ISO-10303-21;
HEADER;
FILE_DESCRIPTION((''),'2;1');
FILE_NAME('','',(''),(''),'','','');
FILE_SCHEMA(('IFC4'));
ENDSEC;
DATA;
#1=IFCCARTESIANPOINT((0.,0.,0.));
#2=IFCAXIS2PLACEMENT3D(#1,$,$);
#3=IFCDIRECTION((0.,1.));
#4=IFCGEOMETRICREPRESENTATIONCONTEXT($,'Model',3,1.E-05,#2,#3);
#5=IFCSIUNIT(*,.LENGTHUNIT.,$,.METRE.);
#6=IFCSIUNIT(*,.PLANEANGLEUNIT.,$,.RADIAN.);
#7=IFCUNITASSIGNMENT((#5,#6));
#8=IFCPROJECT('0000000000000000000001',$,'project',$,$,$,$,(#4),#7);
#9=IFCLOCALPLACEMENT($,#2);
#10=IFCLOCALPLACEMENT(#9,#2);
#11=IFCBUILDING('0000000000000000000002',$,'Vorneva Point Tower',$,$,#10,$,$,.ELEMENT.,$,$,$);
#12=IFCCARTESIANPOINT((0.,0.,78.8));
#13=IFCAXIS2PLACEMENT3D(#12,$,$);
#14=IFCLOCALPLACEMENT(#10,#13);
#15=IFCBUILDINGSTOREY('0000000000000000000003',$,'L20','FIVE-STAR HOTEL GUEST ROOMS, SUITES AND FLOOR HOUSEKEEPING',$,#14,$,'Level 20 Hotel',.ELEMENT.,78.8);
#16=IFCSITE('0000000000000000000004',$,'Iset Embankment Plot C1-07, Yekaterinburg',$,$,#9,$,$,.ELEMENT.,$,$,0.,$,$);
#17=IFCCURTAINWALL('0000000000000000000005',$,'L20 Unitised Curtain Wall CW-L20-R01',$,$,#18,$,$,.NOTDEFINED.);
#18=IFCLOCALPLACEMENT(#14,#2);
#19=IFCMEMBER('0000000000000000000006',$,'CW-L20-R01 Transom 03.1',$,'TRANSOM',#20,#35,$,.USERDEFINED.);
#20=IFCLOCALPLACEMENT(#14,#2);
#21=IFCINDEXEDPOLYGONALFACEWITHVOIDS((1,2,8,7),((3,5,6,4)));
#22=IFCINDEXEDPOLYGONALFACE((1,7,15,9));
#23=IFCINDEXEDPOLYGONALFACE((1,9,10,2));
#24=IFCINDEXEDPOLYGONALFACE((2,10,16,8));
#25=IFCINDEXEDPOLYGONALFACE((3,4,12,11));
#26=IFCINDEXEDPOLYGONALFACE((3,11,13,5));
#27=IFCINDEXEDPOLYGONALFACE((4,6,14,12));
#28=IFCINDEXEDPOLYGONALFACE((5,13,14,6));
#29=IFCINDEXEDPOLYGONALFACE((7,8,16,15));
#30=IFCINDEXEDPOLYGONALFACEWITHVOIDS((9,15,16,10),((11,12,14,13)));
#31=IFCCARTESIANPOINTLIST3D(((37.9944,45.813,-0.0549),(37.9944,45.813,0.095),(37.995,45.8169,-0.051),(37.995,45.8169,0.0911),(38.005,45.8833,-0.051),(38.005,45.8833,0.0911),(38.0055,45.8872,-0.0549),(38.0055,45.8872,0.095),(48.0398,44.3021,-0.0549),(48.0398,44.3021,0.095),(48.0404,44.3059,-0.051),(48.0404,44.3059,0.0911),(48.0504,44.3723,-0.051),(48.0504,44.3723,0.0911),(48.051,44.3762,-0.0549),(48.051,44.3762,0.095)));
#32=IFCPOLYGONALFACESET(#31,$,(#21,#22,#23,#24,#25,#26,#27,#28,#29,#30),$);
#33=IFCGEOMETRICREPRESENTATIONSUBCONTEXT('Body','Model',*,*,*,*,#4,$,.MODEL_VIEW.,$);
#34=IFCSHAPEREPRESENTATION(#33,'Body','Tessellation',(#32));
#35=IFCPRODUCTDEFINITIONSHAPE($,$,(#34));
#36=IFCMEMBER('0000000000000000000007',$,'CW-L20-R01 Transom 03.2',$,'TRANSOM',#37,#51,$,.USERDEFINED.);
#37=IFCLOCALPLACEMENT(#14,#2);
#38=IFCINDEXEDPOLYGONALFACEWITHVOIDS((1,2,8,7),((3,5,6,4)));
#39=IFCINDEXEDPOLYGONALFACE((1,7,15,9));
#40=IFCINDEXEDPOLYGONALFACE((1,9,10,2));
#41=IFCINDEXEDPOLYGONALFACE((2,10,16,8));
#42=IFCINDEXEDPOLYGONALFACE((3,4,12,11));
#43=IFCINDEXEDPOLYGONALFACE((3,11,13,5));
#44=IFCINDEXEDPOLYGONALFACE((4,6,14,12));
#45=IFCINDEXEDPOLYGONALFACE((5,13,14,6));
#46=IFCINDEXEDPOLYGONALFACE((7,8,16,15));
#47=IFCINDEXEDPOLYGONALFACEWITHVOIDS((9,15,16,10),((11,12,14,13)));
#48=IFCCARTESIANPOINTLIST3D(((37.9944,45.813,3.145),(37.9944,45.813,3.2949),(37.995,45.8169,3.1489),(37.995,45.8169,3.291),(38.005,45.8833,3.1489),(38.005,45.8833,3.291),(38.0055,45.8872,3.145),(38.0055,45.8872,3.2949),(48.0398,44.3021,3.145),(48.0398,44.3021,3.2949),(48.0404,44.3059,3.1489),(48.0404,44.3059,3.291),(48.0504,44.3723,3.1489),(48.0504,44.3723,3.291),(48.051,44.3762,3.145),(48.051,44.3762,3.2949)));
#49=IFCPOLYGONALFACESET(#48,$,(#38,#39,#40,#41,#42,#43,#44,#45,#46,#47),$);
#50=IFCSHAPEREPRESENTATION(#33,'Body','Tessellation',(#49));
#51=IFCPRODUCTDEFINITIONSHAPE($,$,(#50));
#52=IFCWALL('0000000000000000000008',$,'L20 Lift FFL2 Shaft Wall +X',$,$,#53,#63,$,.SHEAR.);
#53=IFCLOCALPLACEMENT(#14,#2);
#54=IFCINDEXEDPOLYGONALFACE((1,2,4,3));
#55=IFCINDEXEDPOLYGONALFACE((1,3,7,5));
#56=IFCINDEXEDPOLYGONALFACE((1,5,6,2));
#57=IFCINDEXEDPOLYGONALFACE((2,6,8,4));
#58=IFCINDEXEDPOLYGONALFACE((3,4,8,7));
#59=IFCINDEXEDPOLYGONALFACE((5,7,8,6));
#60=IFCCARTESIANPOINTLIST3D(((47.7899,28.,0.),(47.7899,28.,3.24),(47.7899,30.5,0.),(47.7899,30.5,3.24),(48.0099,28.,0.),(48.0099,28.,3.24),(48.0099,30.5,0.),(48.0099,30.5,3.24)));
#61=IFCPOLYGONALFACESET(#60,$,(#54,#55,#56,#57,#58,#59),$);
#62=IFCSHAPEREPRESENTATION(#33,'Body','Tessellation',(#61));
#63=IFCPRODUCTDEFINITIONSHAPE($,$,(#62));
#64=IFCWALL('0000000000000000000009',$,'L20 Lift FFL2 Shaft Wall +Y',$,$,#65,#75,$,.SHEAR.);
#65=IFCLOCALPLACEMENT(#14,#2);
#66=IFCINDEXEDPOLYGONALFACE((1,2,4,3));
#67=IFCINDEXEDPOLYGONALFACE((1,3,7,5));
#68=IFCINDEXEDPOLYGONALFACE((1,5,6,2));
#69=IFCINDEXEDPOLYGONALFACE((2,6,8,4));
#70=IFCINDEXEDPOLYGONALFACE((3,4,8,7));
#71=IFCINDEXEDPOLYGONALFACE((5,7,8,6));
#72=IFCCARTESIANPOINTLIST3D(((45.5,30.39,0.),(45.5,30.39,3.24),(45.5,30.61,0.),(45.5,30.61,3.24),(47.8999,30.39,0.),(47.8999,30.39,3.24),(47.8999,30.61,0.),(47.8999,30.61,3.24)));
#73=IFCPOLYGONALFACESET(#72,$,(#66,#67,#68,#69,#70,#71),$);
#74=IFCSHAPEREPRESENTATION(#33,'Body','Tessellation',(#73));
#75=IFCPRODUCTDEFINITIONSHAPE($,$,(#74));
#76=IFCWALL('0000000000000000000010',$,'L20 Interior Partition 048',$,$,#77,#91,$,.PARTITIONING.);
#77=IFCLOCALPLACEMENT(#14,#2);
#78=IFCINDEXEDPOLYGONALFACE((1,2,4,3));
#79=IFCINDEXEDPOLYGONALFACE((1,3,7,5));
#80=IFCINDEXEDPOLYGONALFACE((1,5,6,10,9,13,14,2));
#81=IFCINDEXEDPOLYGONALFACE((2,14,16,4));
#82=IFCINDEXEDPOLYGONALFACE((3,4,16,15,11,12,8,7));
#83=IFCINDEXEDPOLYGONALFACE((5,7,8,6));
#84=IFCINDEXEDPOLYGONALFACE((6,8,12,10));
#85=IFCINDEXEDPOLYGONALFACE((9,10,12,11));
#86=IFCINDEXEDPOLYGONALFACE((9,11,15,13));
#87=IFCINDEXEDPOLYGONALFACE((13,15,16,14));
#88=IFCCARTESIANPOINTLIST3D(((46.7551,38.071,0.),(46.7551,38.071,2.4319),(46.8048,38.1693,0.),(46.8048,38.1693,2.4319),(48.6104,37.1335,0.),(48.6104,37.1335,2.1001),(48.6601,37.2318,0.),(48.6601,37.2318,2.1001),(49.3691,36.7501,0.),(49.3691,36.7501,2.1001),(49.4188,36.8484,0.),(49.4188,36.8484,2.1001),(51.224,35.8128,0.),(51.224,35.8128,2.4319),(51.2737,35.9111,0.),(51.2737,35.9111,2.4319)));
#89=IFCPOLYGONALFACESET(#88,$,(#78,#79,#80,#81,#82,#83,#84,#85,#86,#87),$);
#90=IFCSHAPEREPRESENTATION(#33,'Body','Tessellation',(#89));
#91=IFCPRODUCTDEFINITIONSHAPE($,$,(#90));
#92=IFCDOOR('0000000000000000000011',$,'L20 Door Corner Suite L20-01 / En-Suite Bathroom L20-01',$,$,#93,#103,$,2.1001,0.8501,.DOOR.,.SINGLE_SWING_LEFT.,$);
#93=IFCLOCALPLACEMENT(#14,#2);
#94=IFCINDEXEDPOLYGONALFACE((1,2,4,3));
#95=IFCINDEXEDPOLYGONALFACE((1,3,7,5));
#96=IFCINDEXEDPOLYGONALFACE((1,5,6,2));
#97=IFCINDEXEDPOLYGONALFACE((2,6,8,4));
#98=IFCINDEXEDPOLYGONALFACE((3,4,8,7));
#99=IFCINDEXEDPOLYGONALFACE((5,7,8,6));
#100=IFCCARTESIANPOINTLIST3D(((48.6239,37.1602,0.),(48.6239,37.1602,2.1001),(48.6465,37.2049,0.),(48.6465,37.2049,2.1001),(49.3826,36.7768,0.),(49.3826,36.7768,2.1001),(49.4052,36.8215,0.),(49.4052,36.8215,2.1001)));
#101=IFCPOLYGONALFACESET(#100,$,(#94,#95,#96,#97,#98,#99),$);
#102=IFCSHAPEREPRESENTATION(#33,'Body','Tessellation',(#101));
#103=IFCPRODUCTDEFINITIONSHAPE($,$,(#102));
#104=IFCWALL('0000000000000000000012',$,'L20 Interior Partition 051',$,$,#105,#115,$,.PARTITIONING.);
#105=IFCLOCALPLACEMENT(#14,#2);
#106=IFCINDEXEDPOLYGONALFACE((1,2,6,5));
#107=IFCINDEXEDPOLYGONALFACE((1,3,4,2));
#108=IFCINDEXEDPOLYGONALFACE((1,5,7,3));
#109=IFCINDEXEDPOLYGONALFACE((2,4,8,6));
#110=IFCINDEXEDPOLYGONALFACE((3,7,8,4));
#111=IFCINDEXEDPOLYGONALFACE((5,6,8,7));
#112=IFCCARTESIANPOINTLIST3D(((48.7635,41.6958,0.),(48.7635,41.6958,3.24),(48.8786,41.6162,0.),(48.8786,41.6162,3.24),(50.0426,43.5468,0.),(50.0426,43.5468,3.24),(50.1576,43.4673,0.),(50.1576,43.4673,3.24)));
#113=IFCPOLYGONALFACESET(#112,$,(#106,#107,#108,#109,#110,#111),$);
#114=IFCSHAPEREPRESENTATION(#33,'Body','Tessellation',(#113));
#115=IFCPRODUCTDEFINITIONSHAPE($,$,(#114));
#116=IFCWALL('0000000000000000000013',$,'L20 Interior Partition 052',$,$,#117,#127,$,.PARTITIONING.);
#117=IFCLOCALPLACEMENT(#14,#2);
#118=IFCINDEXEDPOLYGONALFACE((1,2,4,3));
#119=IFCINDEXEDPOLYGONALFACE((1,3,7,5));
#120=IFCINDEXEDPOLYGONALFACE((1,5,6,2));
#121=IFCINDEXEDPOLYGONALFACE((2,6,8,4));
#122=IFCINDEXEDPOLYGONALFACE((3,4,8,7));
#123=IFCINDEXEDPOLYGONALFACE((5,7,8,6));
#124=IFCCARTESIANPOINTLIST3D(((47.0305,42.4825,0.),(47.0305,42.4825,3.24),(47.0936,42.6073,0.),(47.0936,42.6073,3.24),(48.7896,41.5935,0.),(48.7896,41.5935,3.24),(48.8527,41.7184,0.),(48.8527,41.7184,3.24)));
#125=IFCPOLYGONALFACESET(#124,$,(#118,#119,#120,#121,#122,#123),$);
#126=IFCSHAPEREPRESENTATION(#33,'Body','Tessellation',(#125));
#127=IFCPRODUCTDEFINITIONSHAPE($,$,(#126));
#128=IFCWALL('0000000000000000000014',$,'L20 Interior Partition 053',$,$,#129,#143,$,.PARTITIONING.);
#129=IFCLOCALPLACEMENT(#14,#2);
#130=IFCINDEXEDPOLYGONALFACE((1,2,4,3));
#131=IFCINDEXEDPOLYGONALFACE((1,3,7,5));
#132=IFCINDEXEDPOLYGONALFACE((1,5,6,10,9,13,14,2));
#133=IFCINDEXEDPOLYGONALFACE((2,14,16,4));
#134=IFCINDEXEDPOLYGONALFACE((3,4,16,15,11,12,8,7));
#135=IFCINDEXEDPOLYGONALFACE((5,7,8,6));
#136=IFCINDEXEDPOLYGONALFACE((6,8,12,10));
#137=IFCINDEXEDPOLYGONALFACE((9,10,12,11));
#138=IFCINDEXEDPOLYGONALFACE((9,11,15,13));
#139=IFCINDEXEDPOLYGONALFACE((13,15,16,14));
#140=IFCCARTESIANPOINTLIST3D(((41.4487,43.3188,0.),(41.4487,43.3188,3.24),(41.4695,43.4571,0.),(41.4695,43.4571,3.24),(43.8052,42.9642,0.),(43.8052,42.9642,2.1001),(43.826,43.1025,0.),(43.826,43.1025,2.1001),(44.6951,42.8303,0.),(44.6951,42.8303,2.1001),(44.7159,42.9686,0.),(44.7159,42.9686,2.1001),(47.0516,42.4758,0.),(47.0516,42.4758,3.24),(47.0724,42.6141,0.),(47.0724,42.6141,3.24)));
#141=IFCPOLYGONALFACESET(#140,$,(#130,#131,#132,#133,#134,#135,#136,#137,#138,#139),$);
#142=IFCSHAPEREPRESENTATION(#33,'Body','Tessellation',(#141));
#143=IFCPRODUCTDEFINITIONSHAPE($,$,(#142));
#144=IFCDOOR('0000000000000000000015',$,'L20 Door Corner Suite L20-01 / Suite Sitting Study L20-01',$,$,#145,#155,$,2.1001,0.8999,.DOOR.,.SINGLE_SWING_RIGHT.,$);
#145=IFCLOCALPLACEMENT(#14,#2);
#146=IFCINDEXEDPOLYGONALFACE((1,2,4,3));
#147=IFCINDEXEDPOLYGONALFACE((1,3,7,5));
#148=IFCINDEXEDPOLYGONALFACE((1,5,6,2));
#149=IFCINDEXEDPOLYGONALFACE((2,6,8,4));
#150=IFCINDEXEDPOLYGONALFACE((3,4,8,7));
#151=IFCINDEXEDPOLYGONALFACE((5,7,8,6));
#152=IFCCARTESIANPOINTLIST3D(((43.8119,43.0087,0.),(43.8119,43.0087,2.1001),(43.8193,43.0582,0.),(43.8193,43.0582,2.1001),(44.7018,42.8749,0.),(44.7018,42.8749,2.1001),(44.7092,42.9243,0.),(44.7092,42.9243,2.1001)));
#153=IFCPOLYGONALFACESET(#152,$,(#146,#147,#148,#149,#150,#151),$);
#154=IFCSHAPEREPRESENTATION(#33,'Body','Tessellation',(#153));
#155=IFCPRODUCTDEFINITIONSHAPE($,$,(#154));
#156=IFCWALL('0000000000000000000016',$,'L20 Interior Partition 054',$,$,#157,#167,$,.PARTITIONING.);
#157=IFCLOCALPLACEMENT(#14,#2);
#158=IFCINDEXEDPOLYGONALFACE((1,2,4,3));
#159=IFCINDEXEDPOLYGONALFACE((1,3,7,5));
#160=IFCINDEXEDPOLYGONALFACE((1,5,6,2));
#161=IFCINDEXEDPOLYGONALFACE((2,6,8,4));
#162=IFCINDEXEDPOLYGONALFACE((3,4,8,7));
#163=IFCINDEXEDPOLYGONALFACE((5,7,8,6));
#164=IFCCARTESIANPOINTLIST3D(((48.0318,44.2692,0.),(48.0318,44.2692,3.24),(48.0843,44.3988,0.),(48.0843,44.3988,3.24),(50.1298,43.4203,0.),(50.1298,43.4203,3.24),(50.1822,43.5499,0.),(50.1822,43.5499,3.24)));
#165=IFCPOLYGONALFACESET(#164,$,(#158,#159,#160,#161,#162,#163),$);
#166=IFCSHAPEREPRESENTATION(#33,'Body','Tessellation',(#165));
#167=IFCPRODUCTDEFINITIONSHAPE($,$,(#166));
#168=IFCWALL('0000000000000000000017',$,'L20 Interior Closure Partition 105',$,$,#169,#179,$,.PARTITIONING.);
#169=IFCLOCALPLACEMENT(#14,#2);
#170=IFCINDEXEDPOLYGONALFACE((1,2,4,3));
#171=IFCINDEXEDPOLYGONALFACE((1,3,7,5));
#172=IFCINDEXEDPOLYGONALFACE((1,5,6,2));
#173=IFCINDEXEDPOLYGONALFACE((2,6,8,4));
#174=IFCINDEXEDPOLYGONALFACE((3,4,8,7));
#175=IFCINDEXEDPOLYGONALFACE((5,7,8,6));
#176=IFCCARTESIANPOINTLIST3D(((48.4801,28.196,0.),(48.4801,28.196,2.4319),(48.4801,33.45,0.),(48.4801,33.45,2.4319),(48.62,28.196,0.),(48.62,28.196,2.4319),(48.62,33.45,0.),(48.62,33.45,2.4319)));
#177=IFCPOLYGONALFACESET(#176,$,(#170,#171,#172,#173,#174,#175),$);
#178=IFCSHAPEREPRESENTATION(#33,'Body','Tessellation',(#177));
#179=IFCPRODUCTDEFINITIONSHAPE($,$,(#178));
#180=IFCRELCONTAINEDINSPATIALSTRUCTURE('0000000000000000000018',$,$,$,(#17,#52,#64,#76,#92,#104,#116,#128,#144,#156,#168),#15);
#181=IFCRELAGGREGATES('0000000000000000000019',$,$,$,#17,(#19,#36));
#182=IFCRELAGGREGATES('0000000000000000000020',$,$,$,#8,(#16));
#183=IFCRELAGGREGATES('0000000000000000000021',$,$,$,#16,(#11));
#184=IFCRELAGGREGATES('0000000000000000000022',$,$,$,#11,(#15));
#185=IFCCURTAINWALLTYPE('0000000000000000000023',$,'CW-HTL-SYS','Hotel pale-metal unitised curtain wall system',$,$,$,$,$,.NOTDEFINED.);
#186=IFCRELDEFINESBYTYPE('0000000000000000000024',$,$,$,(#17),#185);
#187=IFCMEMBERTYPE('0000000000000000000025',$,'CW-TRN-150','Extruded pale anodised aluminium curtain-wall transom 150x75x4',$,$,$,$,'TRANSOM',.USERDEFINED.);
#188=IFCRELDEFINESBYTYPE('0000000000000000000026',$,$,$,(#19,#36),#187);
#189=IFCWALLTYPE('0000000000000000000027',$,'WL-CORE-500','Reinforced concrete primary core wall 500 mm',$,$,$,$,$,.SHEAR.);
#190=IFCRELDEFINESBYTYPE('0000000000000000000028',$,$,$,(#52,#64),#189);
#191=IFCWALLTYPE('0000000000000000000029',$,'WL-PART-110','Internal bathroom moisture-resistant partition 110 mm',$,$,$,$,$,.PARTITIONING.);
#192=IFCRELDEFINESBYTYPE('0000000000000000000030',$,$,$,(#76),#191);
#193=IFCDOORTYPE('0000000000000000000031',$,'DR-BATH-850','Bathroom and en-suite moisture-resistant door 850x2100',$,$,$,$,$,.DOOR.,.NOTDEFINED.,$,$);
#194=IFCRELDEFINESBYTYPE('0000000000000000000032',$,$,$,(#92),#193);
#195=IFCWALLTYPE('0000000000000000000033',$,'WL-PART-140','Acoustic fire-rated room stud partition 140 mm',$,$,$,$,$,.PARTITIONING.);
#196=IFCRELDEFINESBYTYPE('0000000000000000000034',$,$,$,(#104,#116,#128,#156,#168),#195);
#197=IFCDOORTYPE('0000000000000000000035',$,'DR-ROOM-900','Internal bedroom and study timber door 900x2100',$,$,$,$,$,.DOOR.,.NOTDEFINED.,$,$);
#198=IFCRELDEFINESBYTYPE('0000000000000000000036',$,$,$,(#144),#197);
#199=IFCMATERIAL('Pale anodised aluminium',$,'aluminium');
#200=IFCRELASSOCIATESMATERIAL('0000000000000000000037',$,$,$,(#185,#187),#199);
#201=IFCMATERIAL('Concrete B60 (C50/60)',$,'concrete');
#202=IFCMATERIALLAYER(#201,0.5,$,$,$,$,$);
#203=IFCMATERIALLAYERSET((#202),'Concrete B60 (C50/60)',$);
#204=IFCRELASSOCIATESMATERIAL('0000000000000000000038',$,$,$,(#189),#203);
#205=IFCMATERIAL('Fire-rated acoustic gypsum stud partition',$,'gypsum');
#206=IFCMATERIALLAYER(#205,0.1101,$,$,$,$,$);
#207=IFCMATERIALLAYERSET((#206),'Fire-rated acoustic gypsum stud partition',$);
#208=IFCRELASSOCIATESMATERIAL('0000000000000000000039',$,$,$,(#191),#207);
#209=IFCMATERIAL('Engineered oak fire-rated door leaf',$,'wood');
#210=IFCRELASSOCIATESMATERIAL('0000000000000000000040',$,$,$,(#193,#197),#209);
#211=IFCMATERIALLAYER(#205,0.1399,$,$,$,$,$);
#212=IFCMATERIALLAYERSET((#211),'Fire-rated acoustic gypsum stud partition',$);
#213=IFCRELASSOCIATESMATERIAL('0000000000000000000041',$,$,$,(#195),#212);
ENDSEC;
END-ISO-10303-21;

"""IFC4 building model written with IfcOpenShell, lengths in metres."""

from ifc_helpers import new_model, si_unit, direction, frame, frame_2d, origin, origin_2d, place, context, subcontext, project, spatial, rectangle, hollow_rectangle, extrude, material, layer, layer_set, material_profile, profile_set, type_object, element, fill, aggregate, save


model = new_model("IFC4")

# Units and contexts
model_context = context("Model", 3, precision=1e-05, world=origin(), true_north=direction((0.0, 1.0)))
body_context = subcontext(model_context, "Body", "Model", "MODEL_VIEW")
ifc_project = project(units=[si_unit("LENGTHUNIT", "METRE"), si_unit("PLANEANGLEUNIT", "RADIAN")], contexts=[model_context])

# Site, building, storey
site_placement = place(None, origin())
site = spatial("IfcSite", under=ifc_project, at=site_placement, Name="Iset Embankment Plot C1-07, Yekaterinburg", CompositionType="ELEMENT", RefElevation=0.0)
building_placement = place(site_placement, origin())
building = spatial("IfcBuilding", under=site, at=building_placement, Name="Vorneva Point Tower", CompositionType="ELEMENT")
storey_placement = place(building_placement, frame((0.0, 0.0, 78.8)))
storey = spatial("IfcBuildingStorey", under=building, at=storey_placement, Name="L20", Description="FIVE-STAR HOTEL GUEST ROOMS, SUITES AND FLOOR HOUSEKEEPING", LongName="Level 20 Hotel", CompositionType="ELEMENT", Elevation=78.8)

# Shared definitions
ifc_material_1 = material(Name="Concrete B60 (C50/60)", Category="concrete")

# Curtain wall, members
ifc_material_2 = material(Name="Pale anodised aluminium", Category="aluminium")
curtain_wall_type = type_object("IfcCurtainWallType", Name="CW-HTL-SYS", Description="Hotel pale-metal unitised curtain wall system", PredefinedType="NOTDEFINED", material=ifc_material_2)
curtain_wall_placement = place(storey_placement, origin())
curtain_wall = element("IfcCurtainWall", 1, at=curtain_wall_placement, inside=storey, type_object=curtain_wall_type, Name="L20 Unitised Curtain Wall CW-L20-R01", PredefinedType="NOTDEFINED")
ifc_material_profile_1 = material_profile(ifc_material_2, hollow_rectangle(XDim=0.075, YDim=0.1499, WallThickness=0.0039, at=origin_2d()), Name="AL-TRN 150x75x4")
ifc_profile_set_1 = profile_set([ifc_material_profile_1], Name="Pale anodised aluminium")
member_type_1 = type_object("IfcMemberType", Name="CW-TRN-150", Description="Extruded pale anodised aluminium curtain-wall transom 150x75x4", ElementType="TRANSOM", PredefinedType="USERDEFINED", material=ifc_profile_set_1)
member_1_placement = place(storey_placement, frame((48.0454, 44.3391, 0.02), z_axis=(-0.988876, 0.148742, 0.0), x_axis=(-0.148742, -0.988876, 0.0)))
member_1 = element("IfcMember", 2, at=member_1_placement, type_object=member_type_1, Name="CW-L20-R01 Transom 03.1", ObjectType="TRANSOM", PredefinedType="USERDEFINED", context=body_context, shape_type="SweptSolid", body=[
    extrude(hollow_rectangle(XDim=0.075, YDim=0.1499, WallThickness=0.0039, at=origin_2d()), origin(), (0.0, 0.0, 1.0), 10.1584),
])
member_2_placement = place(storey_placement, frame((48.0454, 44.3391, 3.22), z_axis=(-0.988876, 0.148742, 0.0), x_axis=(-0.148742, -0.988876, 0.0)))
member_2 = element("IfcMember", 3, at=member_2_placement, type_object=member_type_1, Name="CW-L20-R01 Transom 03.2", ObjectType="TRANSOM", PredefinedType="USERDEFINED", context=body_context, shape_type="SweptSolid", body=[
    extrude(hollow_rectangle(XDim=0.075, YDim=0.1499, WallThickness=0.0039, at=origin_2d()), origin(), (0.0, 0.0, 1.0), 10.1584),
])
aggregate(curtain_wall, [member_1, member_2])

# Walls
ifc_layer_1 = layer(ifc_material_1, 0.5)
ifc_layer_set_1 = layer_set([ifc_layer_1], Name="Concrete B60 (C50/60)")
wall_type_1 = type_object("IfcWallType", Name="WL-CORE-500", Description="Reinforced concrete primary core wall 500 mm", PredefinedType="SHEAR", material=ifc_layer_set_1)
wall_1_placement = place(storey_placement, frame((47.8999, 28.0, 0.0), z_axis=(0.0, 0.0, 1.0), x_axis=(0.0, 1.0, 0.0)))
element("IfcWall", 4, at=wall_1_placement, inside=storey, type_object=wall_type_1, Name="L20 Lift FFL2 Shaft Wall +X", PredefinedType="SHEAR", context=body_context, shape_type="SweptSolid", body=[
    extrude(rectangle(XDim=2.5, YDim=0.22, at=frame_2d((1.25, 0.0))), origin(), (0.0, 0.0, 1.0), 3.24),
])
wall_2_placement = place(storey_placement, frame((47.8999, 30.5, 0.0), z_axis=(0.0, 0.0, 1.0), x_axis=(-1.0, 0.0, 0.0)))
element("IfcWall", 5, at=wall_2_placement, inside=storey, type_object=wall_type_1, Name="L20 Lift FFL2 Shaft Wall +Y", PredefinedType="SHEAR", context=body_context, shape_type="SweptSolid", body=[
    extrude(rectangle(XDim=2.3999, YDim=0.22, at=frame_2d((1.2, 0.0))), origin(), (0.0, 0.0, 1.0), 3.24),
])

# Wall, opening, door
ifc_material_3 = material(Name="Fire-rated acoustic gypsum stud partition", Category="gypsum")
ifc_layer_2 = layer(ifc_material_3, 0.1101)
ifc_layer_set_2 = layer_set([ifc_layer_2], Name="Fire-rated acoustic gypsum stud partition")
wall_type_2 = type_object("IfcWallType", Name="WL-PART-110", Description="Internal bathroom moisture-resistant partition 110 mm", PredefinedType="PARTITIONING", material=ifc_layer_set_2)
wall_3_placement = place(storey_placement, frame((46.78, 38.1201, 0.0), z_axis=(0.0, 0.0, 1.0), x_axis=(0.892518, -0.451013, 0.0)))
wall_3 = element("IfcWall", 6, at=wall_3_placement, inside=storey, type_object=wall_type_2, Name="L20 Interior Partition 048", PredefinedType="PARTITIONING", context=body_context, shape_type="SweptSolid", body=[
    extrude(rectangle(XDim=5.0071, YDim=0.1101, at=frame_2d((2.5034, 0.0))), origin(), (0.0, 0.0, 1.0), 2.4319),
])
opening_1_placement = place(wall_3_placement, frame((2.0786, 0.0, 0.0)))
opening_1 = element("IfcOpeningElement", 7, at=opening_1_placement, cuts=wall_3, PredefinedType="OPENING", context=body_context, shape_type="SweptSolid", body=[
    extrude(rectangle(XDim=0.8501, YDim=2.1001, at=frame_2d((0.425, 1.05))), frame((0.0, 0.0698, 0.0), z_axis=(0.0, -1.0, 0.0), x_axis=(1.0, 0.0, 0.0)), (0.0, 0.0, 1.0), 0.1399),
])
ifc_material_4 = material(Name="Engineered oak fire-rated door leaf", Category="wood")
door_type_1 = type_object("IfcDoorType", Name="DR-BATH-850", Description="Bathroom and en-suite moisture-resistant door 850x2100", OperationType="NOTDEFINED", PredefinedType="DOOR", material=ifc_material_4)
door_1_placement = place(opening_1_placement, origin())
door_1 = element("IfcDoor", 8, at=door_1_placement, inside=storey, type_object=door_type_1, Name="L20 Door Corner Suite L20-01 / En-Suite Bathroom L20-01", OperationType="SINGLE_SWING_LEFT", OverallHeight=2.1001, OverallWidth=0.8501, PredefinedType="DOOR", context=body_context, shape_type="SweptSolid", body=[
    extrude(rectangle(XDim=0.8501, YDim=2.1001, at=frame_2d((0.425, 1.05))), frame((0.0, 0.0249, 0.0), z_axis=(0.0, -1.0, 0.0), x_axis=(1.0, 0.0, 0.0)), (0.0, 0.0, 1.0), 0.05),
])
fill(opening_1, door_1)

# Walls
ifc_layer_3 = layer(ifc_material_3, 0.1399)
ifc_layer_set_3 = layer_set([ifc_layer_3], Name="Fire-rated acoustic gypsum stud partition")
wall_type_3 = type_object("IfcWallType", Name="WL-PART-140", Description="Acoustic fire-rated room stud partition 140 mm", PredefinedType="PARTITIONING", material=ifc_layer_set_3)
wall_4_placement = place(storey_placement, frame((50.1001, 43.5071, 0.0), z_axis=(0.0, 0.0, 1.0), x_axis=(-0.568471, -0.822704, 0.0)))
element("IfcWall", 9, at=wall_4_placement, inside=storey, type_object=wall_type_3, Name="L20 Interior Partition 051", PredefinedType="PARTITIONING", context=body_context, shape_type="SweptSolid", body=[
    extrude(rectangle(XDim=2.25, YDim=0.1399, at=frame_2d((1.125, 0.0))), origin(), (0.0, 0.0, 1.0), 3.24),
])
wall_5_placement = place(storey_placement, frame((48.821, 41.656, 0.0), z_axis=(0.0, 0.0, 1.0), x_axis=(-0.892511, 0.451025, 0.0)))
element("IfcWall", 10, at=wall_5_placement, inside=storey, type_object=wall_type_3, Name="L20 Interior Partition 052", PredefinedType="PARTITIONING", context=body_context, shape_type="SweptSolid", body=[
    extrude(rectangle(XDim=1.9709, YDim=0.1399, at=frame_2d((0.9854, 0.0))), origin(), (0.0, 0.0, 1.0), 3.24),
])

# Wall, opening, door
wall_6_placement = place(storey_placement, frame((47.062, 42.5449, 0.0), z_axis=(0.0, 0.0, 1.0), x_axis=(-0.98887, 0.148783, 0.0)))
wall_6 = element("IfcWall", 11, at=wall_6_placement, inside=storey, type_object=wall_type_3, Name="L20 Interior Partition 053", PredefinedType="PARTITIONING", context=body_context, shape_type="SweptSolid", body=[
    extrude(rectangle(XDim=5.666, YDim=0.1399, at=frame_2d((2.833, 0.0))), origin(), (0.0, 0.0, 1.0), 3.24),
])
opening_2_placement = place(wall_6_placement, frame((2.3831, 0.0, 0.0)))
opening_2 = element("IfcOpeningElement", 12, at=opening_2_placement, cuts=wall_6, PredefinedType="OPENING", context=body_context, shape_type="SweptSolid", body=[
    extrude(rectangle(XDim=0.8999, YDim=2.1001, at=frame_2d((0.45, 1.05))), frame((0.0, 0.085, 0.0), z_axis=(0.0, -1.0, 0.0), x_axis=(1.0, 0.0, 0.0)), (0.0, 0.0, 1.0), 0.1697),
])
door_type_2 = type_object("IfcDoorType", Name="DR-ROOM-900", Description="Internal bedroom and study timber door 900x2100", OperationType="NOTDEFINED", PredefinedType="DOOR", material=ifc_material_4)
door_2_placement = place(opening_2_placement, origin())
door_2 = element("IfcDoor", 13, at=door_2_placement, inside=storey, type_object=door_type_2, Name="L20 Door Corner Suite L20-01 / Suite Sitting Study L20-01", OperationType="SINGLE_SWING_RIGHT", OverallHeight=2.1001, OverallWidth=0.8999, PredefinedType="DOOR", context=body_context, shape_type="SweptSolid", body=[
    extrude(rectangle(XDim=0.8999, YDim=2.1001, at=frame_2d((0.45, 1.05))), frame((0.0, 0.0249, 0.0), z_axis=(0.0, -1.0, 0.0), x_axis=(1.0, 0.0, 0.0)), (0.0, 0.0, 1.0), 0.05),
])
fill(opening_2, door_2)

# Walls
wall_7_placement = place(storey_placement, frame((50.156, 43.4851, 0.0), z_axis=(0.0, 0.0, 1.0), x_axis=(-0.926989, 0.375089, 0.0)))
element("IfcWall", 14, at=wall_7_placement, inside=storey, type_object=wall_type_3, Name="L20 Interior Partition 054", PredefinedType="PARTITIONING", context=body_context, shape_type="SweptSolid", body=[
    extrude(rectangle(XDim=2.2632, YDim=0.1399, at=frame_2d((1.1316, 0.0))), origin(), (0.0, 0.0, 1.0), 3.24),
])
wall_8_placement = place(storey_placement, frame((48.55, 33.45, 0.0), z_axis=(0.0, 0.0, 1.0), x_axis=(0.0, -1.0, 0.0)))
element("IfcWall", 15, at=wall_8_placement, inside=storey, type_object=wall_type_3, Name="L20 Interior Closure Partition 105", PredefinedType="PARTITIONING", context=body_context, shape_type="SweptSolid", body=[
    extrude(rectangle(XDim=5.2539, YDim=0.1399, at=frame_2d((2.627, 0.0))), origin(), (0.0, 0.0, 1.0), 2.4319),
])

save(model, "model.ifc")
